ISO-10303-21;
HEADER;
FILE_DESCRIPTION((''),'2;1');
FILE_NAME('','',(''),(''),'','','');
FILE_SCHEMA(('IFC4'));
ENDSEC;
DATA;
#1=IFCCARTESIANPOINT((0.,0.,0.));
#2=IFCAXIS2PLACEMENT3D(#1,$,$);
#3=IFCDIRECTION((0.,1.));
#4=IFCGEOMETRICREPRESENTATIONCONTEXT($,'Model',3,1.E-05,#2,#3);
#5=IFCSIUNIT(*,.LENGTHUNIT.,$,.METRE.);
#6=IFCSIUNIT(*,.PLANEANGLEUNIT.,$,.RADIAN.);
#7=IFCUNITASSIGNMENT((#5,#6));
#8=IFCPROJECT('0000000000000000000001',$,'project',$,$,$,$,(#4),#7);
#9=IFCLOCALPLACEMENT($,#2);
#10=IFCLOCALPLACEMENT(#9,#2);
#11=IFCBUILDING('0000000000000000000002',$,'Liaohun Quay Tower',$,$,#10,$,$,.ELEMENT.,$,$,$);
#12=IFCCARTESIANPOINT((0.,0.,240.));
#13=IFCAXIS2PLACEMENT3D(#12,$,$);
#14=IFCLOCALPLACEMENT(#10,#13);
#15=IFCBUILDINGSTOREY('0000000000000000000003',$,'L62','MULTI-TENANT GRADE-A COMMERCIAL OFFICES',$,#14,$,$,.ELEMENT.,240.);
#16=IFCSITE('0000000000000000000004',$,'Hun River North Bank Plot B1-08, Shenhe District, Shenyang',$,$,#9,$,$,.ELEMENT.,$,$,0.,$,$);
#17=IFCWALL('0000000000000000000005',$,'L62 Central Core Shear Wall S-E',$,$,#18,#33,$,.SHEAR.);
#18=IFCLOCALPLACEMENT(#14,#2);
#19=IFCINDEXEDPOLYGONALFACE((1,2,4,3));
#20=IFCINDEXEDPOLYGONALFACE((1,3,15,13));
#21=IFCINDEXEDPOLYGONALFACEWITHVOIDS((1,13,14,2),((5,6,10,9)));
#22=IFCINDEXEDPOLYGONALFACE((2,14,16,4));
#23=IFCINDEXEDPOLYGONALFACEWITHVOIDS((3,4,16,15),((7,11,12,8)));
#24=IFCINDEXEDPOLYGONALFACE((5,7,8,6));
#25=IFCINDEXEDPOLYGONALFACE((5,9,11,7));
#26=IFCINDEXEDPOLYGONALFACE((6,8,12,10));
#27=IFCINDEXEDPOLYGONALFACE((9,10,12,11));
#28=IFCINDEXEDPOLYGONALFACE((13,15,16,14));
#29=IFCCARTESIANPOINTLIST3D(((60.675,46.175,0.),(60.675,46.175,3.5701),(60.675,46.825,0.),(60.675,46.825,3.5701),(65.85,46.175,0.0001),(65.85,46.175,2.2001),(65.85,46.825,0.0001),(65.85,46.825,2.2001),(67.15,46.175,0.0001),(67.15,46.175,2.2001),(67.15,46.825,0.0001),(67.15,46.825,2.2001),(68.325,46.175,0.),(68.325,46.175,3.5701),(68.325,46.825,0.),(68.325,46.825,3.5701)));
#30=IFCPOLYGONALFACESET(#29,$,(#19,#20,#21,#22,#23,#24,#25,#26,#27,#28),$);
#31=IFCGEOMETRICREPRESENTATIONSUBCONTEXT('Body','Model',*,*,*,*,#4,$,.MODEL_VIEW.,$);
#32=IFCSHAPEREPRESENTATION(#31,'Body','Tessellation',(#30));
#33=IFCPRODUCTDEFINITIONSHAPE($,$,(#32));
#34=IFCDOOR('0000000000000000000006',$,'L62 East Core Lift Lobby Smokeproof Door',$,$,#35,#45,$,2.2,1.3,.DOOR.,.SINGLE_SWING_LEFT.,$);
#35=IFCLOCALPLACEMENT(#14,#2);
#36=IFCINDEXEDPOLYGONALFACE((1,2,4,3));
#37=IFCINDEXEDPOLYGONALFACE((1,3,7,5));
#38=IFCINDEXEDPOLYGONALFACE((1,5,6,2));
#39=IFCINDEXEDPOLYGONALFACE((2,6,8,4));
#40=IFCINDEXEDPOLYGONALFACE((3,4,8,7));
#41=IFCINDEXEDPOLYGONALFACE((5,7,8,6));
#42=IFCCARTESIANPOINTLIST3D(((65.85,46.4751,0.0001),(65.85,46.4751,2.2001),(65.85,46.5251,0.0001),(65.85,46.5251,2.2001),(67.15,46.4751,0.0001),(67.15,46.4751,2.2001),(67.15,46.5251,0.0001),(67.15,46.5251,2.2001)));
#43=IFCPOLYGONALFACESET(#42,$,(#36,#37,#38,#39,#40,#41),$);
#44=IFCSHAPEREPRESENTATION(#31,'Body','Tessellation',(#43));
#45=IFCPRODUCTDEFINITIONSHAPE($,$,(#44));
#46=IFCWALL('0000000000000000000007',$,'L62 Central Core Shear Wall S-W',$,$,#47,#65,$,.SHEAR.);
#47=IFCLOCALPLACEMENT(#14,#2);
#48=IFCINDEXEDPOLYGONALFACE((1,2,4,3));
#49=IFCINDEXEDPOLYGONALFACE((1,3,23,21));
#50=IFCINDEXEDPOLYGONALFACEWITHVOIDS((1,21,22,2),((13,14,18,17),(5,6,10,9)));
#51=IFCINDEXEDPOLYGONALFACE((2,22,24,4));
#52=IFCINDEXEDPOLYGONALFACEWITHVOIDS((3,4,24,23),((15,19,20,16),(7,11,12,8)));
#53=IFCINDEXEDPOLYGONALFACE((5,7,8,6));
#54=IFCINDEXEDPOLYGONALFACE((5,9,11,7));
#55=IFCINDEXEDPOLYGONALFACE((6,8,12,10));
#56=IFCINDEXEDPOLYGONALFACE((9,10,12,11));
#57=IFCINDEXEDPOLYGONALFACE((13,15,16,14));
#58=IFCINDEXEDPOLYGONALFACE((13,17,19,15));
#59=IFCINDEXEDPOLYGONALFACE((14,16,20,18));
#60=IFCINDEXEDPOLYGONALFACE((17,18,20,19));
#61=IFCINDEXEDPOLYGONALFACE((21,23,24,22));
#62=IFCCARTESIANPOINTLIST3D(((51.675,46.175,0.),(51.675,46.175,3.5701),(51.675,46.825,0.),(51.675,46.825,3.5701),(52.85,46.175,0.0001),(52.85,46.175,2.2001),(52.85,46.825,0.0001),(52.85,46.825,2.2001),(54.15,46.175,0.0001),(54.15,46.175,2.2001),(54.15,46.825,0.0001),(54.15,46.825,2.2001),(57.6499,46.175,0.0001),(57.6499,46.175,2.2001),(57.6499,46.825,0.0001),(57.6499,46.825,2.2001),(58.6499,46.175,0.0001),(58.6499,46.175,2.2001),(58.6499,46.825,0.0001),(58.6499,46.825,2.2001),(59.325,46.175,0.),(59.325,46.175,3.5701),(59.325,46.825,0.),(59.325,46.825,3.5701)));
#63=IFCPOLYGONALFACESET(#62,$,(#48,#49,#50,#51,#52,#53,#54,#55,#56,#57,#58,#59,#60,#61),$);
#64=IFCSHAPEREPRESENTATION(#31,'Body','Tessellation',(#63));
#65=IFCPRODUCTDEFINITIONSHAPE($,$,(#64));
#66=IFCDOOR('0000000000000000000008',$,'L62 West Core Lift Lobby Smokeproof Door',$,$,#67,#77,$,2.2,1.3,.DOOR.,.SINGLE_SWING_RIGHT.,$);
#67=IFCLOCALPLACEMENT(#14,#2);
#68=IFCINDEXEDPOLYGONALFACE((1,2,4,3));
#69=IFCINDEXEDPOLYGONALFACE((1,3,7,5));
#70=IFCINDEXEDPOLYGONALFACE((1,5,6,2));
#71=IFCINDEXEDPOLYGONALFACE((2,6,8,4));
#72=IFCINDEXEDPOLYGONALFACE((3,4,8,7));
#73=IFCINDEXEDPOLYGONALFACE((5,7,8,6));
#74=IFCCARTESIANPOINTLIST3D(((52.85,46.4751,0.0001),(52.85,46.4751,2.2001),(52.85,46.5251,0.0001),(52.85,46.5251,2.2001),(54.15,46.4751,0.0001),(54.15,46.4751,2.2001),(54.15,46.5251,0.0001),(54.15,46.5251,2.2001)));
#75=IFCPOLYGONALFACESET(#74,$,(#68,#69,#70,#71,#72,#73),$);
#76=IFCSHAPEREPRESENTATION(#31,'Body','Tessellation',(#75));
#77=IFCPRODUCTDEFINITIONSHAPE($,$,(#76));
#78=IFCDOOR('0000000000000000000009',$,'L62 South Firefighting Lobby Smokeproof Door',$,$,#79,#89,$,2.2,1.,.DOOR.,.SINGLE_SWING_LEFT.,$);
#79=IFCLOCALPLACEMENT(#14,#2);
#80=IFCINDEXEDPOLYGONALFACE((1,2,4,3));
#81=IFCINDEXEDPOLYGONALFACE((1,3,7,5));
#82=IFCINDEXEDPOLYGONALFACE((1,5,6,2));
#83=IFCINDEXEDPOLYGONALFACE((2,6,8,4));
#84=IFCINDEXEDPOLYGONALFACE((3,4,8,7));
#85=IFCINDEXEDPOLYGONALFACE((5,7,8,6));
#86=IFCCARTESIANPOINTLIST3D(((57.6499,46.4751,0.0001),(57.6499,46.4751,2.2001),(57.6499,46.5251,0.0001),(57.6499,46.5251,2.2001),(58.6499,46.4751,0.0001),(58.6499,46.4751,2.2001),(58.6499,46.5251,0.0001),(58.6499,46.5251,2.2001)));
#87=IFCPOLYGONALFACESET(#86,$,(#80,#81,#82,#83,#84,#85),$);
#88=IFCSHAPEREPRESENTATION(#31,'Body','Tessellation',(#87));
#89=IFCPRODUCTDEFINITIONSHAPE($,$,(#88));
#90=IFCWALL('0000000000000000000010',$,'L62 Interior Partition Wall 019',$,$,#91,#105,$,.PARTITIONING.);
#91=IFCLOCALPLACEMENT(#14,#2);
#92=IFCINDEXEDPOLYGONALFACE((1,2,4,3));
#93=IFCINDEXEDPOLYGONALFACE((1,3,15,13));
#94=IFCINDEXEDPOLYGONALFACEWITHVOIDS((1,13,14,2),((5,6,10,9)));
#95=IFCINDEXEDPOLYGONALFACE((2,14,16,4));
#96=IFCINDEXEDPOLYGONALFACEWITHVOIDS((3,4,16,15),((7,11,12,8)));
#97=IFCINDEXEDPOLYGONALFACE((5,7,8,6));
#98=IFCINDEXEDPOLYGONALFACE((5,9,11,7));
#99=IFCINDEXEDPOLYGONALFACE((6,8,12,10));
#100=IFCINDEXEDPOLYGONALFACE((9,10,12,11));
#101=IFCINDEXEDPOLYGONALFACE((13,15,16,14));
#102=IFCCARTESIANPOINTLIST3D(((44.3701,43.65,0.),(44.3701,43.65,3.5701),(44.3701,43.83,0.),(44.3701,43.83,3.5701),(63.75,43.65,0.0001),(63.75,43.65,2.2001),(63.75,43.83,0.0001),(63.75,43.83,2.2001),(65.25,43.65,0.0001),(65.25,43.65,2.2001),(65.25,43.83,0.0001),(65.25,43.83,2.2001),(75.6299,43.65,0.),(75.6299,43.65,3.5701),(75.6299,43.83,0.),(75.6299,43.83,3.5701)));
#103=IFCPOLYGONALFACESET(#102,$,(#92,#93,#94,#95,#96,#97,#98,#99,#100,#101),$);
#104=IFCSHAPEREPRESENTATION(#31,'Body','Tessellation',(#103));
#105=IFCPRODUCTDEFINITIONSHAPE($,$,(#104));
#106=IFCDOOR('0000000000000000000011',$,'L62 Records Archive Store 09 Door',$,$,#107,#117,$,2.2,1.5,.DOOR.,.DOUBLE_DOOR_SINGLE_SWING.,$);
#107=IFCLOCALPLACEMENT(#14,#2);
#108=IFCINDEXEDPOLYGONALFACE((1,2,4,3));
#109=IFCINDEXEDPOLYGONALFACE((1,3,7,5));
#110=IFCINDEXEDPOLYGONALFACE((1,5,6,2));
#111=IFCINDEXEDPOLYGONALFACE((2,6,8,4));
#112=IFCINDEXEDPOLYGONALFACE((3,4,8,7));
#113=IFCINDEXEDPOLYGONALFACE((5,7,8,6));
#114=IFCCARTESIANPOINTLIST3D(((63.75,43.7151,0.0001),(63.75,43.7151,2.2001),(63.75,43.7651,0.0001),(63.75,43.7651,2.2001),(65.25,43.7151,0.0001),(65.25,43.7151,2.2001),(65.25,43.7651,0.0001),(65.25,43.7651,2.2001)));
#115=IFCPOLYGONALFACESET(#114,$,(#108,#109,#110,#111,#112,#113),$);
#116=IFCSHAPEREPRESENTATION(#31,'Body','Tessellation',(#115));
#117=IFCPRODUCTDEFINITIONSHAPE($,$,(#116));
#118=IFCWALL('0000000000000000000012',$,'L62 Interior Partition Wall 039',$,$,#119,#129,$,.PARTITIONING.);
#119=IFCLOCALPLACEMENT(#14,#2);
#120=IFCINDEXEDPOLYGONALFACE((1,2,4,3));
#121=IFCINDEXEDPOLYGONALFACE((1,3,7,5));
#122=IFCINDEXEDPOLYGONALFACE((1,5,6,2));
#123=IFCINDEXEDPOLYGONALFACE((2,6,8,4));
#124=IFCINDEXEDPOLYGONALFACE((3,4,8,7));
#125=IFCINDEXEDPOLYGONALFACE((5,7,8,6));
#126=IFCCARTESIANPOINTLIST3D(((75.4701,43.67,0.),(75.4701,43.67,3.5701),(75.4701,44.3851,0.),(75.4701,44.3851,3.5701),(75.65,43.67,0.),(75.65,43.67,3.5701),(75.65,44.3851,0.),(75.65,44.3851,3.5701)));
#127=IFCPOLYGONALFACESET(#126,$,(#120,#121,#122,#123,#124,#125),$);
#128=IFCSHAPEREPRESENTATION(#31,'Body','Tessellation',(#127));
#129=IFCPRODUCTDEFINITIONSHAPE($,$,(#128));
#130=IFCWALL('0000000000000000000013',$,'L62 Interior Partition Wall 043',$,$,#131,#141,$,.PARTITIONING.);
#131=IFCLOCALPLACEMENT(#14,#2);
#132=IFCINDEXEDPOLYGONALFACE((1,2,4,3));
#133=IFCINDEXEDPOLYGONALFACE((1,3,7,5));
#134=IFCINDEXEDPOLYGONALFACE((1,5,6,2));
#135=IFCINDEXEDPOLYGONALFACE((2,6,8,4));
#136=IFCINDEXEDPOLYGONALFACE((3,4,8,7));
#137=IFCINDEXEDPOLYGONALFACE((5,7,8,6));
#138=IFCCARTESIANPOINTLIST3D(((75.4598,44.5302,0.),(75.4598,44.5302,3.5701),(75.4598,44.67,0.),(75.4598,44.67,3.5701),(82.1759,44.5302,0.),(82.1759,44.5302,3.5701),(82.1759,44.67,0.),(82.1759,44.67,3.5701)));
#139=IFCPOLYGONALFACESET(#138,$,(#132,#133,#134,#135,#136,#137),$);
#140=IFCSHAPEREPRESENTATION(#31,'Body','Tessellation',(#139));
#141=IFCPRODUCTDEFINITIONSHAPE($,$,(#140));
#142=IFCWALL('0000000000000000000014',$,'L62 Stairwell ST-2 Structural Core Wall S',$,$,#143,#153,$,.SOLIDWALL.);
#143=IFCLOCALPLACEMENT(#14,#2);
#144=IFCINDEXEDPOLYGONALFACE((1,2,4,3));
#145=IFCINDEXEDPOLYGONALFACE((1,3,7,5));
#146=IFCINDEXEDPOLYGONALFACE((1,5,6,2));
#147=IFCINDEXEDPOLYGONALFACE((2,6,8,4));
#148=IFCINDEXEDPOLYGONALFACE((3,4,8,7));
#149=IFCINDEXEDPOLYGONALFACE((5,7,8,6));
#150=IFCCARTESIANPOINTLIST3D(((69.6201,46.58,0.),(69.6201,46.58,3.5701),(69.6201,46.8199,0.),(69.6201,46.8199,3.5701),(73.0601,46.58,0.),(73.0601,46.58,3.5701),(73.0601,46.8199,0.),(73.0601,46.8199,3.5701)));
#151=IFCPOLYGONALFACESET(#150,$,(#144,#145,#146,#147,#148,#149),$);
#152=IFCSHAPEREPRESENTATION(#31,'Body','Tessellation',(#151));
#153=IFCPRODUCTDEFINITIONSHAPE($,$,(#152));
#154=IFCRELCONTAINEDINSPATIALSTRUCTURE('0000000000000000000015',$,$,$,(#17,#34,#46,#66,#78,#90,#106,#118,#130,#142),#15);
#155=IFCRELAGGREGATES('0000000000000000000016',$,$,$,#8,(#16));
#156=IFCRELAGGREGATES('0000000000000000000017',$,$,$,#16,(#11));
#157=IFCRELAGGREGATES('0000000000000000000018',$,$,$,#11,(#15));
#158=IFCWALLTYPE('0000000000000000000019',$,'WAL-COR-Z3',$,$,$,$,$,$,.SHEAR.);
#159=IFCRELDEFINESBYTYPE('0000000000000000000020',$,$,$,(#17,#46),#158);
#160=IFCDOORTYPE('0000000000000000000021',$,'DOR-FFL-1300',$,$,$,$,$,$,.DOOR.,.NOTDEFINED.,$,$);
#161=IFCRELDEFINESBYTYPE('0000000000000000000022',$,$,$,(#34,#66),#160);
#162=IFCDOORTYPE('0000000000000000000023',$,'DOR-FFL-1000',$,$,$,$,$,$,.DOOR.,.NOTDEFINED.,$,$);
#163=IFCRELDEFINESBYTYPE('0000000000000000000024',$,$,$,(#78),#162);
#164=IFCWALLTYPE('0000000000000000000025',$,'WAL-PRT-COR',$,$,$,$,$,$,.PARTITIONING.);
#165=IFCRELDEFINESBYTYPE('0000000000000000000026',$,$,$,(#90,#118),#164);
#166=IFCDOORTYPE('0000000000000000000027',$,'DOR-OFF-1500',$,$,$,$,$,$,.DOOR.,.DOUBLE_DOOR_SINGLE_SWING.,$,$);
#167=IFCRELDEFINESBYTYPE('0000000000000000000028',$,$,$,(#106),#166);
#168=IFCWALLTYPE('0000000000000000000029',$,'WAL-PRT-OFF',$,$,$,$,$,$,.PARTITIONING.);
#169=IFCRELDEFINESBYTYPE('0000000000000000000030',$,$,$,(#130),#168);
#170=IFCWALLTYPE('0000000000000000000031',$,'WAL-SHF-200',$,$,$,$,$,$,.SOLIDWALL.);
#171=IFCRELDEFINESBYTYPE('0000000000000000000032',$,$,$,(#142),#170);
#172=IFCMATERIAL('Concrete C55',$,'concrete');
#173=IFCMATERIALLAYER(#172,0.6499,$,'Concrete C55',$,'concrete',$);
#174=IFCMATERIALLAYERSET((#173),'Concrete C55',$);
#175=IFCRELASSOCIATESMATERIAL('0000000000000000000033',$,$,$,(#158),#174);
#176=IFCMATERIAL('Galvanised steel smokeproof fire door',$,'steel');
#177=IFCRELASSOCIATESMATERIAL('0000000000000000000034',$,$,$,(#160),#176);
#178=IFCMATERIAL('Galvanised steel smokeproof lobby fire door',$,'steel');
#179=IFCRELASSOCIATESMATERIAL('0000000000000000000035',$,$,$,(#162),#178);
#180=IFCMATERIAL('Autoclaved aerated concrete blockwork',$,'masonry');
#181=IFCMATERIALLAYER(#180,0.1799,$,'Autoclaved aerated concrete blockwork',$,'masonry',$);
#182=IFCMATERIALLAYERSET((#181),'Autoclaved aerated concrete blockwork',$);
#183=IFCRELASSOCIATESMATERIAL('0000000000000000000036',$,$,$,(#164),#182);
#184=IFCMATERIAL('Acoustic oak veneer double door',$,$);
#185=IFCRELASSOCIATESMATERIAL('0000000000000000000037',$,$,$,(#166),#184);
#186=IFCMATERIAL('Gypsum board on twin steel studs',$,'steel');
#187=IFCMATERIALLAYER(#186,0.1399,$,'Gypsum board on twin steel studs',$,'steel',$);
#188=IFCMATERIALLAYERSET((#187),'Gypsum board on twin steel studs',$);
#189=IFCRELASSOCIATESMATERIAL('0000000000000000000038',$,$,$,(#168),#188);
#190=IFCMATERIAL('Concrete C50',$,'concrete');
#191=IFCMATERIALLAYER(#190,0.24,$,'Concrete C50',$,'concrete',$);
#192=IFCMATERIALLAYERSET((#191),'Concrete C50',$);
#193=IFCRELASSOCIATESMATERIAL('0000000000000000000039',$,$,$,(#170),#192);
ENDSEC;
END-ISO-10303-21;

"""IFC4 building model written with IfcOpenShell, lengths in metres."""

from ifc_helpers import new_model, si_unit, direction, frame, frame_2d, origin, place, context, subcontext, project, spatial, rectangle, extrude, source, transform, mapped, material, layer, layer_set, type_object, element, fill, save


model = new_model("IFC4")

# Units and contexts
model_context = context("Model", 3, precision=1e-05, world=origin(), true_north=direction((0.0, 1.0)))
body_context = subcontext(model_context, "Body", "Model", "MODEL_VIEW")
ifc_project = project(units=[si_unit("LENGTHUNIT", "METRE"), si_unit("PLANEANGLEUNIT", "RADIAN")], contexts=[model_context])

# Site, building, storey
site_placement = place(None, origin())
site = spatial("IfcSite", under=ifc_project, at=site_placement, Name="Hun River North Bank Plot B1-08, Shenhe District, Shenyang", CompositionType="ELEMENT", RefElevation=0.0)
building_placement = place(site_placement, origin())
building = spatial("IfcBuilding", under=site, at=building_placement, Name="Liaohun Quay Tower", CompositionType="ELEMENT")
storey_placement = place(building_placement, frame((0.0, 0.0, 240.0)))
storey = spatial("IfcBuildingStorey", under=building, at=storey_placement, Name="L62", Description="MULTI-TENANT GRADE-A COMMERCIAL OFFICES", CompositionType="ELEMENT", Elevation=240.0)

# Shared definitions
ifc_material_1 = material(Name="Concrete C55", Category="concrete")

# Wall, opening, door
ifc_layer_1 = layer(ifc_material_1, 0.6499, Name="Concrete C55", Category="concrete")
ifc_layer_set_1 = layer_set([ifc_layer_1], Name="Concrete C55")
wall_type_1 = type_object("IfcWallType", Name="WAL-COR-Z3", PredefinedType="SHEAR", material=ifc_layer_set_1)
wall_1_placement = place(storey_placement, frame((68.325, 46.5, 0.0), z_axis=(0.0, 0.0, 1.0), x_axis=(-1.0, 0.0, 0.0)))
wall_1 = element("IfcWall", 1, at=wall_1_placement, inside=storey, type_object=wall_type_1, Name="L62 Central Core Shear Wall S-E", PredefinedType="SHEAR", context=body_context, shape_type="SweptSolid", body=[
    extrude(rectangle(XDim=7.6499, YDim=0.6499, at=frame_2d((3.825, 0.0))), origin(), (0.0, 0.0, 1.0), 3.5701),
])
shared_shape_1 = source(origin(), body_context, "Body", "SweptSolid", [
    extrude(rectangle(XDim=1.3, YDim=2.2, at=frame_2d((0.6499, 1.1001))), frame((0.0, 0.335, 0.0), z_axis=(0.0, -1.0, 0.0), x_axis=(1.0, 0.0, 0.0)), (0.0, 0.0, 1.0), 0.6699),
])
opening_1_placement = place(wall_1_placement, frame((1.175, 0.0, 0.0)))
opening_1 = element("IfcOpeningElement", 2, at=opening_1_placement, cuts=wall_1, PredefinedType="OPENING", context=body_context, shape_type="MappedRepresentation", body=[
    mapped(shared_shape_1, transform((0.0, 0.0, 0.0), x_axis=(1.0, 0.0, 0.0), y_axis=(0.0, 1.0, 0.0), z_axis=(0.0, 0.0, 1.0), scale=1.0)),
])
ifc_material_2 = material(Name="Galvanised steel smokeproof fire door", Category="steel")
door_type_1 = type_object("IfcDoorType", Name="DOR-FFL-1300", OperationType="NOTDEFINED", PredefinedType="DOOR", material=ifc_material_2)
shared_shape_2 = source(origin(), body_context, "Body", "SweptSolid", [
    extrude(rectangle(XDim=1.3, YDim=2.2, at=frame_2d((0.6499, 1.1001))), frame((0.0, 0.0249, 0.0), z_axis=(0.0, -1.0, 0.0), x_axis=(1.0, 0.0, 0.0)), (0.0, 0.0, 1.0), 0.05),
])
door_1_placement = place(opening_1_placement, origin())
door_1 = element("IfcDoor", 3, at=door_1_placement, inside=storey, type_object=door_type_1, Name="L62 East Core Lift Lobby Smokeproof Door", OperationType="SINGLE_SWING_LEFT", OverallHeight=2.2, OverallWidth=1.3, PredefinedType="DOOR", context=body_context, shape_type="MappedRepresentation", body=[
    mapped(shared_shape_2, transform((0.0, 0.0, 0.0), x_axis=(1.0, 0.0, 0.0), y_axis=(0.0, 1.0, 0.0), z_axis=(0.0, 0.0, 1.0), scale=1.0)),
])
fill(opening_1, door_1)

# Wall, openings, doors
wall_2_placement = place(storey_placement, frame((59.325, 46.5, 0.0), z_axis=(0.0, 0.0, 1.0), x_axis=(-1.0, 0.0, 0.0)))
wall_2 = element("IfcWall", 4, at=wall_2_placement, inside=storey, type_object=wall_type_1, Name="L62 Central Core Shear Wall S-W", PredefinedType="SHEAR", context=body_context, shape_type="SweptSolid", body=[
    extrude(rectangle(XDim=7.6499, YDim=0.6499, at=frame_2d((3.825, 0.0))), origin(), (0.0, 0.0, 1.0), 3.5701),
])
opening_2_placement = place(wall_2_placement, frame((5.175, 0.0, 0.0)))
opening_2 = element("IfcOpeningElement", 5, at=opening_2_placement, cuts=wall_2, PredefinedType="OPENING", context=body_context, shape_type="MappedRepresentation", body=[
    mapped(shared_shape_1, transform((0.0, 0.0, 0.0), x_axis=(1.0, 0.0, 0.0), y_axis=(0.0, 1.0, 0.0), z_axis=(0.0, 0.0, 1.0), scale=1.0)),
])
shared_shape_3 = source(origin(), body_context, "Body", "SweptSolid", [
    extrude(rectangle(XDim=1.0, YDim=2.2, at=frame_2d((0.5, 1.1001))), frame((0.0, 0.335, 0.0), z_axis=(0.0, -1.0, 0.0), x_axis=(1.0, 0.0, 0.0)), (0.0, 0.0, 1.0), 0.6699),
])
opening_3_placement = place(wall_2_placement, frame((0.675, 0.0, 0.0)))
opening_3 = element("IfcOpeningElement", 6, at=opening_3_placement, cuts=wall_2, PredefinedType="OPENING", context=body_context, shape_type="MappedRepresentation", body=[
    mapped(shared_shape_3, transform((0.0, 0.0, 0.0), x_axis=(1.0, 0.0, 0.0), y_axis=(0.0, 1.0, 0.0), z_axis=(0.0, 0.0, 1.0), scale=1.0)),
])
door_2_placement = place(opening_2_placement, origin())
door_2 = element("IfcDoor", 7, at=door_2_placement, inside=storey, type_object=door_type_1, Name="L62 West Core Lift Lobby Smokeproof Door", OperationType="SINGLE_SWING_RIGHT", OverallHeight=2.2, OverallWidth=1.3, PredefinedType="DOOR", context=body_context, shape_type="MappedRepresentation", body=[
    mapped(shared_shape_2, transform((0.0, 0.0, 0.0), x_axis=(1.0, 0.0, 0.0), y_axis=(0.0, 1.0, 0.0), z_axis=(0.0, 0.0, 1.0), scale=1.0)),
])
fill(opening_2, door_2)
ifc_material_3 = material(Name="Galvanised steel smokeproof lobby fire door", Category="steel")
door_type_2 = type_object("IfcDoorType", Name="DOR-FFL-1000", OperationType="NOTDEFINED", PredefinedType="DOOR", material=ifc_material_3)
shared_shape_4 = source(origin(), body_context, "Body", "SweptSolid", [
    extrude(rectangle(XDim=1.0, YDim=2.2, at=frame_2d((0.5, 1.1001))), frame((0.0, 0.0249, 0.0), z_axis=(0.0, -1.0, 0.0), x_axis=(1.0, 0.0, 0.0)), (0.0, 0.0, 1.0), 0.05),
])
door_3_placement = place(opening_3_placement, origin())
door_3 = element("IfcDoor", 8, at=door_3_placement, inside=storey, type_object=door_type_2, Name="L62 South Firefighting Lobby Smokeproof Door", OperationType="SINGLE_SWING_LEFT", OverallHeight=2.2, OverallWidth=1.0, PredefinedType="DOOR", context=body_context, shape_type="MappedRepresentation", body=[
    mapped(shared_shape_4, transform((0.0, 0.0, 0.0), x_axis=(1.0, 0.0, 0.0), y_axis=(0.0, 1.0, 0.0), z_axis=(0.0, 0.0, 1.0), scale=1.0)),
])
fill(opening_3, door_3)

# Wall, opening, door
ifc_material_4 = material(Name="Autoclaved aerated concrete blockwork", Category="masonry")
ifc_layer_2 = layer(ifc_material_4, 0.1799, Name="Autoclaved aerated concrete blockwork", Category="masonry")
ifc_layer_set_2 = layer_set([ifc_layer_2], Name="Autoclaved aerated concrete blockwork")
wall_type_2 = type_object("IfcWallType", Name="WAL-PRT-COR", PredefinedType="PARTITIONING", material=ifc_layer_set_2)
wall_3_placement = place(storey_placement, frame((75.6299, 43.74, 0.0), z_axis=(0.0, 0.0, 1.0), x_axis=(-1.0, 0.0, 0.0)))
wall_3 = element("IfcWall", 9, at=wall_3_placement, inside=storey, type_object=wall_type_2, Name="L62 Interior Partition Wall 019", PredefinedType="PARTITIONING", context=body_context, shape_type="SweptSolid", body=[
    extrude(rectangle(XDim=31.2598, YDim=0.1799, at=frame_2d((15.6299, 0.0))), origin(), (0.0, 0.0, 1.0), 3.5701),
])
shared_shape_5 = source(origin(), body_context, "Body", "SweptSolid", [
    extrude(rectangle(XDim=1.5, YDim=2.2, at=frame_2d((0.75, 1.1001))), frame((0.0, 0.0999, 0.0), z_axis=(0.0, -1.0, 0.0), x_axis=(1.0, 0.0, 0.0)), (0.0, 0.0, 1.0), 0.2),
])
opening_4_placement = place(wall_3_placement, frame((10.3799, 0.0, 0.0)))
opening_4 = element("IfcOpeningElement", 10, at=opening_4_placement, cuts=wall_3, PredefinedType="OPENING", context=body_context, shape_type="MappedRepresentation", body=[
    mapped(shared_shape_5, transform((0.0, 0.0, 0.0), x_axis=(1.0, 0.0, 0.0), y_axis=(0.0, 1.0, 0.0), z_axis=(0.0, 0.0, 1.0), scale=1.0)),
])
ifc_material_5 = material(Name="Acoustic oak veneer double door")
door_type_3 = type_object("IfcDoorType", Name="DOR-OFF-1500", OperationType="DOUBLE_DOOR_SINGLE_SWING", PredefinedType="DOOR", material=ifc_material_5)
shared_shape_6 = source(origin(), body_context, "Body", "SweptSolid", [
    extrude(rectangle(XDim=1.5, YDim=2.2, at=frame_2d((0.75, 1.1001))), frame((0.0, 0.0249, 0.0), z_axis=(0.0, -1.0, 0.0), x_axis=(1.0, 0.0, 0.0)), (0.0, 0.0, 1.0), 0.05),
])
door_4_placement = place(opening_4_placement, origin())
door_4 = element("IfcDoor", 11, at=door_4_placement, inside=storey, type_object=door_type_3, Name="L62 Records Archive Store 09 Door", OperationType="DOUBLE_DOOR_SINGLE_SWING", OverallHeight=2.2, OverallWidth=1.5, PredefinedType="DOOR", context=body_context, shape_type="MappedRepresentation", body=[
    mapped(shared_shape_6, transform((0.0, 0.0, 0.0), x_axis=(1.0, 0.0, 0.0), y_axis=(0.0, 1.0, 0.0), z_axis=(0.0, 0.0, 1.0), scale=1.0)),
])
fill(opening_4, door_4)

# Walls
wall_4_placement = place(storey_placement, frame((75.5601, 44.385, 0.0), z_axis=(0.0, 0.0, 1.0), x_axis=(0.0, -1.0, 0.0)))
element("IfcWall", 12, at=wall_4_placement, inside=storey, type_object=wall_type_2, Name="L62 Interior Partition Wall 039", PredefinedType="PARTITIONING", context=body_context, shape_type="SweptSolid", body=[
    extrude(rectangle(XDim=0.7151, YDim=0.1799, at=frame_2d((0.3574, 0.0))), origin(), (0.0, 0.0, 1.0), 3.5701),
])
ifc_material_6 = material(Name="Gypsum board on twin steel studs", Category="steel")
ifc_layer_3 = layer(ifc_material_6, 0.1399, Name="Gypsum board on twin steel studs", Category="steel")
ifc_layer_set_3 = layer_set([ifc_layer_3], Name="Gypsum board on twin steel studs")
wall_type_3 = type_object("IfcWallType", Name="WAL-PRT-OFF", PredefinedType="PARTITIONING", material=ifc_layer_set_3)
wall_5_placement = place(storey_placement, frame((75.46, 44.6001, 0.0), z_axis=(0.0, 0.0, 1.0), x_axis=(1.0, 0.0, 0.0)))
element("IfcWall", 13, at=wall_5_placement, inside=storey, type_object=wall_type_3, Name="L62 Interior Partition Wall 043", PredefinedType="PARTITIONING", context=body_context, shape_type="SweptSolid", body=[
    extrude(rectangle(XDim=6.7161, YDim=0.1399, at=frame_2d((3.3579, 0.0))), origin(), (0.0, 0.0, 1.0), 3.5701),
])
ifc_material_7 = material(Name="Concrete C50", Category="concrete")
ifc_layer_4 = layer(ifc_material_7, 0.24, Name="Concrete C50", Category="concrete")
ifc_layer_set_4 = layer_set([ifc_layer_4], Name="Concrete C50")
wall_type_4 = type_object("IfcWallType", Name="WAL-SHF-200", PredefinedType="SOLIDWALL", material=ifc_layer_set_4)
wall_6_placement = place(storey_placement, frame((69.6201, 46.7, 0.0), z_axis=(0.0, 0.0, 1.0), x_axis=(1.0, 0.0, 0.0)))
element("IfcWall", 14, at=wall_6_placement, inside=storey, type_object=wall_type_4, Name="L62 Stairwell ST-2 Structural Core Wall S", PredefinedType="SOLIDWALL", context=body_context, shape_type="SweptSolid", body=[
    extrude(rectangle(XDim=3.4399, YDim=0.24, at=frame_2d((1.72, 0.0))), origin(), (0.0, 0.0, 1.0), 3.5701),
])

save(model, "model.ifc")
